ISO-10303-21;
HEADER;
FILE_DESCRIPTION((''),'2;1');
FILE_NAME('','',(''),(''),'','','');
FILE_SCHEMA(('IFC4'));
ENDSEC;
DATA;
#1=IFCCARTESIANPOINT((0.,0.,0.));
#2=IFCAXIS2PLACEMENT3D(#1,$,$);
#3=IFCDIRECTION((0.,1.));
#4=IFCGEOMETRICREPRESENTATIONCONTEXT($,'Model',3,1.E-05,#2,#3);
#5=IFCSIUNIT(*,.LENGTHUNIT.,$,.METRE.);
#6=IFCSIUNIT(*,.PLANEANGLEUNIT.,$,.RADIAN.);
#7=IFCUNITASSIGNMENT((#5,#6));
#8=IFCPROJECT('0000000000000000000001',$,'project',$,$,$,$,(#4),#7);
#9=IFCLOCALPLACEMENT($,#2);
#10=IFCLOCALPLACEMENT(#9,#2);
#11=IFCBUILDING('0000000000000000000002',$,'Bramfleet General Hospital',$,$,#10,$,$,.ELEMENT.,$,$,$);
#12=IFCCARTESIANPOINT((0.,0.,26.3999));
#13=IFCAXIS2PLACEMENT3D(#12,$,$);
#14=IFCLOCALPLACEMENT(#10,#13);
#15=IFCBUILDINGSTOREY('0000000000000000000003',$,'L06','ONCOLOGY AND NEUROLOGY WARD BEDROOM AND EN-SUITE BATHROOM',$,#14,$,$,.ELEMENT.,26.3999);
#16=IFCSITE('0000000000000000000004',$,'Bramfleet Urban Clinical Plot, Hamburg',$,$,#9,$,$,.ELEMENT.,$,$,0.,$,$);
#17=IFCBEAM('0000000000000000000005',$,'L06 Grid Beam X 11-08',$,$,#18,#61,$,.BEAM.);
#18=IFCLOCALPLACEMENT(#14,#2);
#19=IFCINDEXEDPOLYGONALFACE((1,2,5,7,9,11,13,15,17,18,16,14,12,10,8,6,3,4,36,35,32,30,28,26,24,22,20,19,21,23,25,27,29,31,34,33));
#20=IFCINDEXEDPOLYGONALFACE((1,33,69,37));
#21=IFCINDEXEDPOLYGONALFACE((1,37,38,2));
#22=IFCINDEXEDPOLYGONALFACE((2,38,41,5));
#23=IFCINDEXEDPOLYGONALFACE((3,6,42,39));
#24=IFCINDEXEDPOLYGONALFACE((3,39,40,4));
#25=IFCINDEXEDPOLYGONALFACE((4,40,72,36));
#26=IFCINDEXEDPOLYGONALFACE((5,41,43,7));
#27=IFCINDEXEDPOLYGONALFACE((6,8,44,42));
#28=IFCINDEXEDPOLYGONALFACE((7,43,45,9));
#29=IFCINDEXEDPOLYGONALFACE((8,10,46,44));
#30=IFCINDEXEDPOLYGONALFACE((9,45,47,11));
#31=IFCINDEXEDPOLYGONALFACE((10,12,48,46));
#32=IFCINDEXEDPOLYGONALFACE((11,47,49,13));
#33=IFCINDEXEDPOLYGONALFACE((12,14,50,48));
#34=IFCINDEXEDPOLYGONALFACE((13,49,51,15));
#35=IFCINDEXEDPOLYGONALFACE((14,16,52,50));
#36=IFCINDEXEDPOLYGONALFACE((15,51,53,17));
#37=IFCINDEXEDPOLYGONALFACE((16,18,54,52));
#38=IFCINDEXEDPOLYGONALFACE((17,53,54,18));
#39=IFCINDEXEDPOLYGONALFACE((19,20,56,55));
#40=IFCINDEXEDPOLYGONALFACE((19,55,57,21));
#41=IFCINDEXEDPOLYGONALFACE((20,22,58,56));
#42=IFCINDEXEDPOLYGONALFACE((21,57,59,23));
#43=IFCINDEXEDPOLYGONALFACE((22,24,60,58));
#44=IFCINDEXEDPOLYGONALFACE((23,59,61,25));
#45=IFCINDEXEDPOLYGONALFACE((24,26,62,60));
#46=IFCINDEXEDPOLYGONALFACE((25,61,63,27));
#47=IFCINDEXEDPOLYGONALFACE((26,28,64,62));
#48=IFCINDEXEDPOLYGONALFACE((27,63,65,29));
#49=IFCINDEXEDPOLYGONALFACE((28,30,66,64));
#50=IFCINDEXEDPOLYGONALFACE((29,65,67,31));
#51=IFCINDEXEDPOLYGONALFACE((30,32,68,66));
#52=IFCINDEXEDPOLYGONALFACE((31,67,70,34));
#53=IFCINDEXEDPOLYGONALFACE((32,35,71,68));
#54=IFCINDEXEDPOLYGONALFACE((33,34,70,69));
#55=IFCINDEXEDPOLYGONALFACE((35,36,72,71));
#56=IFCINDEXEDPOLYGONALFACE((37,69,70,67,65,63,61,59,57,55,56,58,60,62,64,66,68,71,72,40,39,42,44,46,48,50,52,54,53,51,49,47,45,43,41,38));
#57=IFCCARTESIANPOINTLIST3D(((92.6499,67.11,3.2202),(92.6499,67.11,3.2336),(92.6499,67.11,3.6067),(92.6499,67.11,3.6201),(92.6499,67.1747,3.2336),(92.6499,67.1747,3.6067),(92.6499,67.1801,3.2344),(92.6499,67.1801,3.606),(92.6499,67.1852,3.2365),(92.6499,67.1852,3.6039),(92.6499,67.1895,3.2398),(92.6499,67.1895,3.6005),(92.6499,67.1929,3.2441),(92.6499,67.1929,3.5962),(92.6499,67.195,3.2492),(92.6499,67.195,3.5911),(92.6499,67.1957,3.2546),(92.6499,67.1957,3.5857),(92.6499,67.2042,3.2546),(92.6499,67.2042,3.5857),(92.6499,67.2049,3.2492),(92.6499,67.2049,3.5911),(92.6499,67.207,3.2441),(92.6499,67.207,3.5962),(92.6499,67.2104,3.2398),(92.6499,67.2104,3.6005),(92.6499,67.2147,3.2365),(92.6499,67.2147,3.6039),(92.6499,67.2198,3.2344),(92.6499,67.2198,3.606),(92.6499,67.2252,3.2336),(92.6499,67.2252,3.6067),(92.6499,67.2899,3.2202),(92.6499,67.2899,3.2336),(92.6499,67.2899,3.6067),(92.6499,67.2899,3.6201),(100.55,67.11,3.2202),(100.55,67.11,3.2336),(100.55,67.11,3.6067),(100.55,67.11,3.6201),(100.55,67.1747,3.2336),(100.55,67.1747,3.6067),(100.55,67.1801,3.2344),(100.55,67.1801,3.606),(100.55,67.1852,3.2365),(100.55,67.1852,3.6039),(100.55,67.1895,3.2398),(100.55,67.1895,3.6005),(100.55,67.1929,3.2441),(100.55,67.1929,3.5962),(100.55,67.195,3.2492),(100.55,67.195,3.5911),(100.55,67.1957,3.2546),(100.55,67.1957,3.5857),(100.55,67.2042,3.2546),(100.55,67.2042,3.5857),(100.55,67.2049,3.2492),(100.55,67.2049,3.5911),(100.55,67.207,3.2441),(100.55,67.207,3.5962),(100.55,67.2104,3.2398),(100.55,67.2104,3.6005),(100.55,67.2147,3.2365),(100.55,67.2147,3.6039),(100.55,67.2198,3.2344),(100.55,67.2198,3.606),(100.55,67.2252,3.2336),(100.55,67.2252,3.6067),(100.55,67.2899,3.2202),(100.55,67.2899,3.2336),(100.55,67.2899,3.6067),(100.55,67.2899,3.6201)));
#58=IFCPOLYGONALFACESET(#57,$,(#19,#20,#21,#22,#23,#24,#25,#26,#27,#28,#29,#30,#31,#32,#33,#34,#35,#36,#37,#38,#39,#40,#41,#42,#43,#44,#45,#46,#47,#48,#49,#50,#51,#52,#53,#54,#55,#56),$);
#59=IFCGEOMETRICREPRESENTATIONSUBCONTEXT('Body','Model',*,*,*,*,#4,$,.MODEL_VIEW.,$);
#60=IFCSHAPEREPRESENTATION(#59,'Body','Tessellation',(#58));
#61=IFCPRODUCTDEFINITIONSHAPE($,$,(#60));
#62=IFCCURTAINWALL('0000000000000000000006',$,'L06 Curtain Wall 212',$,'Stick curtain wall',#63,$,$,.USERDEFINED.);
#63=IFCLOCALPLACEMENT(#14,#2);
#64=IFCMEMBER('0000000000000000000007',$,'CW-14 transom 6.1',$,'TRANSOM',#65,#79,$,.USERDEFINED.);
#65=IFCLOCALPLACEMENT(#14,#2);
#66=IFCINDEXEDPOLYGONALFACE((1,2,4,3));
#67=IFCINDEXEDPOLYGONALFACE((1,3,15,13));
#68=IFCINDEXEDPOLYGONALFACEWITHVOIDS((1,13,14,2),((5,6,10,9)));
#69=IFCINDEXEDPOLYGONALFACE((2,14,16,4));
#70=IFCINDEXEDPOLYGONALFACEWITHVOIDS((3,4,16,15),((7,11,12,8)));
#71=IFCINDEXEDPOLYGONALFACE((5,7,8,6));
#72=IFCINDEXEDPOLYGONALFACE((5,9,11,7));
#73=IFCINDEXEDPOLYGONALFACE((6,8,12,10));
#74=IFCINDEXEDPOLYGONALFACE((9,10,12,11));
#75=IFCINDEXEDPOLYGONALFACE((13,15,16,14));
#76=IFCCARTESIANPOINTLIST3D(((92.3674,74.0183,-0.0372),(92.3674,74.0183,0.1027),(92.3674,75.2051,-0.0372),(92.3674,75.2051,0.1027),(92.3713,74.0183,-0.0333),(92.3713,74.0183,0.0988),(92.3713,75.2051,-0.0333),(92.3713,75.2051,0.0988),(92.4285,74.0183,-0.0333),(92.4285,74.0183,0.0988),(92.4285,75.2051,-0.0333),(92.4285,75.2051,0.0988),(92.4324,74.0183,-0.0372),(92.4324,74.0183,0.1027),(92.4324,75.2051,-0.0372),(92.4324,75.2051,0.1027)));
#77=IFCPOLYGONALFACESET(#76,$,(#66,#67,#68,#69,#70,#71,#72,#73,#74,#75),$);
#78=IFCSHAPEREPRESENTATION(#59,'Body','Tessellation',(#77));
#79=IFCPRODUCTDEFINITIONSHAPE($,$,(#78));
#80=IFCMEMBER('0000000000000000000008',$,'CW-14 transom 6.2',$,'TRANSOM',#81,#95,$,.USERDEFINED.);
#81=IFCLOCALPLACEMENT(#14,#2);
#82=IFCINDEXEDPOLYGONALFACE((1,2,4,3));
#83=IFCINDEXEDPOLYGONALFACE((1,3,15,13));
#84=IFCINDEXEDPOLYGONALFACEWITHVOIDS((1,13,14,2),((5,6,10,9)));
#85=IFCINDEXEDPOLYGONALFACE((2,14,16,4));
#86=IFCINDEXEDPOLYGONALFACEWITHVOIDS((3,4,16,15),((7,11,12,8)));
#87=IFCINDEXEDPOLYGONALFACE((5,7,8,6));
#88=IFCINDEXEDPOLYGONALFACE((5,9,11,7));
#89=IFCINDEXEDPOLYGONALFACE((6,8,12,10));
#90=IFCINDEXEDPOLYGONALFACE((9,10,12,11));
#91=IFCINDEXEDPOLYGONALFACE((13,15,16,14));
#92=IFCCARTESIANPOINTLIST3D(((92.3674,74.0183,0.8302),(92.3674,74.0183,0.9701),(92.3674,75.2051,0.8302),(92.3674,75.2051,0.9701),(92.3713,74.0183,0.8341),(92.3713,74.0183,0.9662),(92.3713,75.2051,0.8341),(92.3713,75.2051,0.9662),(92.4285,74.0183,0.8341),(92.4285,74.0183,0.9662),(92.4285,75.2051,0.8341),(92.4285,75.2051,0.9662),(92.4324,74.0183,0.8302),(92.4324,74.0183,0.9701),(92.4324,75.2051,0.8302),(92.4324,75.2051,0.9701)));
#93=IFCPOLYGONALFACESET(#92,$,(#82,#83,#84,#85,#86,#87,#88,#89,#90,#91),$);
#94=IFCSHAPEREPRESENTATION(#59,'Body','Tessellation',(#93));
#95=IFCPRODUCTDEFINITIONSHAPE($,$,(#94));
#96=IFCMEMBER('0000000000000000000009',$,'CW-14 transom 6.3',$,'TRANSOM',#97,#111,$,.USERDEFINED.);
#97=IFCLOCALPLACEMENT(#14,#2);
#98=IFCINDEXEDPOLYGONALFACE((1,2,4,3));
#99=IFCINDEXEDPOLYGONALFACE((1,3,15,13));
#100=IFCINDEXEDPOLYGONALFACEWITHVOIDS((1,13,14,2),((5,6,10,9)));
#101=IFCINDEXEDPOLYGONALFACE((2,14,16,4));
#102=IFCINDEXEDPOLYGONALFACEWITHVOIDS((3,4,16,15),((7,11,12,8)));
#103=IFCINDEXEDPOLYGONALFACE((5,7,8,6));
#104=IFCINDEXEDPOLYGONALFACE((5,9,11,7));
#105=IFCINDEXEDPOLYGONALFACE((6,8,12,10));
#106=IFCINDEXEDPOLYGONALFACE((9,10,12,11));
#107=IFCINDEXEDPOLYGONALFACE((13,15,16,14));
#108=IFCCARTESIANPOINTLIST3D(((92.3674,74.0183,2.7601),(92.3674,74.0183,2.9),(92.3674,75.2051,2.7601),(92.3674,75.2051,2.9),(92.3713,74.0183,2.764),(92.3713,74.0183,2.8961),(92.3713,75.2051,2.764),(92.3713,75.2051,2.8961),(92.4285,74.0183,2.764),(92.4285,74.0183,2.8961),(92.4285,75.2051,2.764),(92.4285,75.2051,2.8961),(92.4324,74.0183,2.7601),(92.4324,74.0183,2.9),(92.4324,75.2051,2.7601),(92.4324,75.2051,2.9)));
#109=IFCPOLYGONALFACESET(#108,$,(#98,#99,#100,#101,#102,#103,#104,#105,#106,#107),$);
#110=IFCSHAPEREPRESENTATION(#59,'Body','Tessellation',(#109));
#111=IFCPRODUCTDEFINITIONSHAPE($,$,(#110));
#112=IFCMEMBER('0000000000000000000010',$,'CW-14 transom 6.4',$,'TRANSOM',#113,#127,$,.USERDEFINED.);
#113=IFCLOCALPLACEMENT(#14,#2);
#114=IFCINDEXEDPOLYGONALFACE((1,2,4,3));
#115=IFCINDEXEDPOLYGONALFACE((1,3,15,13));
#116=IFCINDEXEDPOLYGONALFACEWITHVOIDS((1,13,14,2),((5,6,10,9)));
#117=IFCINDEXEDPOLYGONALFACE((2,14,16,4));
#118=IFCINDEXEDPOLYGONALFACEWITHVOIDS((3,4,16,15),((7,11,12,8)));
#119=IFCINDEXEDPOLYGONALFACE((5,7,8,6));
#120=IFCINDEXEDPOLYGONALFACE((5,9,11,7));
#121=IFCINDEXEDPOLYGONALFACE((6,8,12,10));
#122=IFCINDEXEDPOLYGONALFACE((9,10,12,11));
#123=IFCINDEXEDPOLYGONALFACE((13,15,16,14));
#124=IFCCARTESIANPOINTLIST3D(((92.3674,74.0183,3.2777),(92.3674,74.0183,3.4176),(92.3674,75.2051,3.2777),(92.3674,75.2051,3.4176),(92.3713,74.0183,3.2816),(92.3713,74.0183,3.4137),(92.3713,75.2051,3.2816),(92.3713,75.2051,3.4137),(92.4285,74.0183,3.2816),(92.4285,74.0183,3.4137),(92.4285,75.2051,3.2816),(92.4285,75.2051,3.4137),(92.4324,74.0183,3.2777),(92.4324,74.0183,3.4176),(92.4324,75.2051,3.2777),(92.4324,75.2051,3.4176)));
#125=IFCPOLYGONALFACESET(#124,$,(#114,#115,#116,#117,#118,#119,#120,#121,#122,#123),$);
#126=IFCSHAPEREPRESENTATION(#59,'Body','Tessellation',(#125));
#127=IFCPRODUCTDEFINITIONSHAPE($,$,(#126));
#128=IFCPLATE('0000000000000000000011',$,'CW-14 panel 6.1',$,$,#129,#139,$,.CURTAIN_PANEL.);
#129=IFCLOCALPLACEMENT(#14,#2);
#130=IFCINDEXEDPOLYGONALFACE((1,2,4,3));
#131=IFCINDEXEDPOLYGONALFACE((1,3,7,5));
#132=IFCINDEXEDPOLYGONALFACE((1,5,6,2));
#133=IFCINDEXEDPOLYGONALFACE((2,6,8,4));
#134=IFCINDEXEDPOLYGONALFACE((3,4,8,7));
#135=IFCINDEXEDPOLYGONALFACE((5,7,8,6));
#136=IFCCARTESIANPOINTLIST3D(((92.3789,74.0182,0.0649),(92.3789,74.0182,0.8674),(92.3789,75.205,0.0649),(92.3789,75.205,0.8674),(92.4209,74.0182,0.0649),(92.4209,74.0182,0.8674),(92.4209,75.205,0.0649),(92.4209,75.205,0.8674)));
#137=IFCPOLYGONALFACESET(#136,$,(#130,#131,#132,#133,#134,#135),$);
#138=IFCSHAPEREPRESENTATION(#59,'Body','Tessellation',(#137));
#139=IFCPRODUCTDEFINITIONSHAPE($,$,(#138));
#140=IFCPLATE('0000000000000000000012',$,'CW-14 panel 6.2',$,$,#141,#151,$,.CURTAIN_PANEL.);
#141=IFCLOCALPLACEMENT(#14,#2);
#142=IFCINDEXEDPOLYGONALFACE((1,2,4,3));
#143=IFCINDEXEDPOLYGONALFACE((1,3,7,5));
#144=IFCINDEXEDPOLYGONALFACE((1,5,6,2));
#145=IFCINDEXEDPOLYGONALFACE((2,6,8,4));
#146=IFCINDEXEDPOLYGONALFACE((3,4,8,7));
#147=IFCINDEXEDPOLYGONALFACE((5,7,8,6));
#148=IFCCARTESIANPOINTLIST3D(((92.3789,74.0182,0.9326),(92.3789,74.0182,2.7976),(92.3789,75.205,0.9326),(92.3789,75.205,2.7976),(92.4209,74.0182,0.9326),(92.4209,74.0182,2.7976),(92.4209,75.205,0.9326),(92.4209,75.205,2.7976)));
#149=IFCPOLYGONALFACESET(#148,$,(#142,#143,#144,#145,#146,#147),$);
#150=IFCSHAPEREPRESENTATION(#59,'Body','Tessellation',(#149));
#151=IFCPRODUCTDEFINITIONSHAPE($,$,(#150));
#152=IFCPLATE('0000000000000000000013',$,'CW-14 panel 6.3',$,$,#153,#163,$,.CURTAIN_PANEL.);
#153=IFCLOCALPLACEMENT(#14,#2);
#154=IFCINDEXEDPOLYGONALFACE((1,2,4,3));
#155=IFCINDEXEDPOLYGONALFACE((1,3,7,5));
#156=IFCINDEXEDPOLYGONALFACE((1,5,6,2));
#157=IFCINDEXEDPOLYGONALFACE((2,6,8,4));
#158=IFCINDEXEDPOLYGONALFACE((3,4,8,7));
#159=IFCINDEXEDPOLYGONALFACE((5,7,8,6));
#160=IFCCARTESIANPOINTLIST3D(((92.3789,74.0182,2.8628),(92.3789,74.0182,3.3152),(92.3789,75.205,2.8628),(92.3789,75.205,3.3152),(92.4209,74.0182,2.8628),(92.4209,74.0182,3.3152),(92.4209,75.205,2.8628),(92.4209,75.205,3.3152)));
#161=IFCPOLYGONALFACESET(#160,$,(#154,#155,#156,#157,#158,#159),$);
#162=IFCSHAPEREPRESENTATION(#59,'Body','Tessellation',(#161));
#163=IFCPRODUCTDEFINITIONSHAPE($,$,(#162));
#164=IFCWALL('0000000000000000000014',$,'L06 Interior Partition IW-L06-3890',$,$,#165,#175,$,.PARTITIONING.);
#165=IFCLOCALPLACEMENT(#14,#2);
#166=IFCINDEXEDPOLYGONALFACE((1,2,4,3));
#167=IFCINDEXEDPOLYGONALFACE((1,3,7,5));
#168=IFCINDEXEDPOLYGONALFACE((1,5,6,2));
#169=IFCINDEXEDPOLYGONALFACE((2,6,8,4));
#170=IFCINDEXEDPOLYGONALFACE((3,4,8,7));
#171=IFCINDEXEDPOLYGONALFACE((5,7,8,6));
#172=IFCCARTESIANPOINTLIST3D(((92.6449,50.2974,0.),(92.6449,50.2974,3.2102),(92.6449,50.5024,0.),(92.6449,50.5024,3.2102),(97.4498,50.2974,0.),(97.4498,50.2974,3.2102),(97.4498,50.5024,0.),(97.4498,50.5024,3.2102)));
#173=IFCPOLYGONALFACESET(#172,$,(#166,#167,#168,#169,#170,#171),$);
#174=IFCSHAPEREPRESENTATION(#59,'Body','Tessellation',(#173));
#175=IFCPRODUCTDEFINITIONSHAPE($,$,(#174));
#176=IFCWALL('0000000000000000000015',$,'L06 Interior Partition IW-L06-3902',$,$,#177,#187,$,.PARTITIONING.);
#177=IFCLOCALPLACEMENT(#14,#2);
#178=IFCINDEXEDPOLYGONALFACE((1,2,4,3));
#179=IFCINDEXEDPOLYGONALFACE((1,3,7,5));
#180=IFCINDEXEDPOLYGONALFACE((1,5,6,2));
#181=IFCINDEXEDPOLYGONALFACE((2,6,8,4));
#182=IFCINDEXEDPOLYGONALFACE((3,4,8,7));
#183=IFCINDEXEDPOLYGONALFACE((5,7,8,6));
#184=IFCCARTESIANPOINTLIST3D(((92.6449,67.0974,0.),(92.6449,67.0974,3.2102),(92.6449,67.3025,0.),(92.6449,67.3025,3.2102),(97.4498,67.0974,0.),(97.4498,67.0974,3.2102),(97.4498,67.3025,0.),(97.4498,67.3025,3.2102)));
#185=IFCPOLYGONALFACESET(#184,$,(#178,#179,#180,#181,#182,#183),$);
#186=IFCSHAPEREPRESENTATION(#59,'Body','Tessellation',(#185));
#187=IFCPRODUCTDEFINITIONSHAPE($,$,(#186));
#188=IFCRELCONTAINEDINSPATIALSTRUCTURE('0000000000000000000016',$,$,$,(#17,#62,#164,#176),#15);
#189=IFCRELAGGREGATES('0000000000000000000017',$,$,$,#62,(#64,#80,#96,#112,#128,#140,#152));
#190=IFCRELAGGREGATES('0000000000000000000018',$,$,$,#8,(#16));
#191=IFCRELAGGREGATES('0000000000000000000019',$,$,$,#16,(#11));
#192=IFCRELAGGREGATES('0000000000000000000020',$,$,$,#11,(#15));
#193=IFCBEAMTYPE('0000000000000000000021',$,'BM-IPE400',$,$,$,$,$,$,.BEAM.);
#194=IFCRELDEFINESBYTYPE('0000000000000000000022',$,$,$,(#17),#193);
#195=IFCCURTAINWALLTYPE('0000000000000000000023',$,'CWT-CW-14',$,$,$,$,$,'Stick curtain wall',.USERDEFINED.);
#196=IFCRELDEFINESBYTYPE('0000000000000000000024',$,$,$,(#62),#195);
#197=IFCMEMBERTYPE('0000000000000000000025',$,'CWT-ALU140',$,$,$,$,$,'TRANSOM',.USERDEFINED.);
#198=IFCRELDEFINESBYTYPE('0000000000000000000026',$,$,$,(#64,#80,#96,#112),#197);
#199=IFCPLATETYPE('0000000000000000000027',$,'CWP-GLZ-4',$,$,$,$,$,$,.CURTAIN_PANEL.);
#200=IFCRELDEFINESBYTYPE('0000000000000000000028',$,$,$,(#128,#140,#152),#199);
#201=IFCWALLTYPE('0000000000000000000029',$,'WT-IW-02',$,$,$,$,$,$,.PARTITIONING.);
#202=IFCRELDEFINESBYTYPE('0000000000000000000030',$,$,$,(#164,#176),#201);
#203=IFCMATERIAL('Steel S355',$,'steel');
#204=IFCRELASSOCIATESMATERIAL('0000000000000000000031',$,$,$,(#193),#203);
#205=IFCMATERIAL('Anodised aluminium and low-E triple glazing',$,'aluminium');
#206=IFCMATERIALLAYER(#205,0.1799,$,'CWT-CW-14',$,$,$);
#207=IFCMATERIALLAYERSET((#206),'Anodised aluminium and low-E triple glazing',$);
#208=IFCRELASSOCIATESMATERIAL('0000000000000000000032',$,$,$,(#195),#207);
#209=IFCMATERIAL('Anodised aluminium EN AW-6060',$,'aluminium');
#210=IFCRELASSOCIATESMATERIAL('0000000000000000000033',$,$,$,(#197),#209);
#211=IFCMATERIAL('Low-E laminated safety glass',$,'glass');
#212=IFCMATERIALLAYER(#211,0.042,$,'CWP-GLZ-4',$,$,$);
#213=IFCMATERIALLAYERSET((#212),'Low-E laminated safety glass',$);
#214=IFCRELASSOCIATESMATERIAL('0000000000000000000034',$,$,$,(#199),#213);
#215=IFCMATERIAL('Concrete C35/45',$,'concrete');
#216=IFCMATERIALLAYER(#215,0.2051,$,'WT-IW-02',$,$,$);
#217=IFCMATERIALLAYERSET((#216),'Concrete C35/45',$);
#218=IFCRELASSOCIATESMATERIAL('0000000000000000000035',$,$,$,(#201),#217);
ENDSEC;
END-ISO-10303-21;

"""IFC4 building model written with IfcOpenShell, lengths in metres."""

from ifc_helpers import new_model, si_unit, direction, frame, frame_2d, origin, origin_2d, place, context, subcontext, project, spatial, rectangle, hollow_rectangle, i_section, extrude, material, layer, layer_set, material_profile, profile_set, type_object, element, aggregate, save


model = new_model("IFC4")

# Units and contexts
model_context = context("Model", 3, precision=1e-05, world=origin(), true_north=direction((0.0, 1.0)))
body_context = subcontext(model_context, "Body", "Model", "MODEL_VIEW")
ifc_project = project(units=[si_unit("LENGTHUNIT", "METRE"), si_unit("PLANEANGLEUNIT", "RADIAN")], contexts=[model_context])

# Site, building, storey
site_placement = place(None, origin())
site = spatial("IfcSite", under=ifc_project, at=site_placement, Name="Bramfleet Urban Clinical Plot, Hamburg", CompositionType="ELEMENT", RefElevation=0.0)
building_placement = place(site_placement, origin())
building = spatial("IfcBuilding", under=site, at=building_placement, Name="Bramfleet General Hospital", CompositionType="ELEMENT")
storey_placement = place(building_placement, frame((0.0, 0.0, 26.3999)))
storey = spatial("IfcBuildingStorey", under=building, at=storey_placement, Name="L06", Description="ONCOLOGY AND NEUROLOGY WARD BEDROOM AND EN-SUITE BATHROOM", CompositionType="ELEMENT", Elevation=26.3999)

# Beam
ifc_material_1 = material(Name="Steel S355", Category="steel")
ifc_material_profile_1 = material_profile(ifc_material_1, i_section(OverallWidth=0.1799, OverallDepth=0.3999, WebThickness=0.0085, FlangeThickness=0.0134, FilletRadius=0.021, at=origin_2d()), Name="IPE 400")
ifc_profile_set_1 = profile_set([ifc_material_profile_1], Name="Steel S355")
beam_type_1 = type_object("IfcBeamType", Name="BM-IPE400", PredefinedType="BEAM", material=ifc_profile_set_1)
for number, where, z_axis, x_axis, name in (
    (1, (92.6499, 67.2, 3.4202), (1.0, 0.0, 0.0), (0.0, 1.0, 0.0), "L06 Grid Beam X 11-08"),
):
    element("IfcBeam", number, at=place(storey_placement, frame(where, z_axis=z_axis, x_axis=x_axis)), inside=storey, type_object=beam_type_1, Name=name, PredefinedType="BEAM", context=body_context, shape_type="SweptSolid", body=[
        extrude(i_section(OverallWidth=0.1799, OverallDepth=0.3999, WebThickness=0.0085, FlangeThickness=0.0134, FilletRadius=0.021, at=origin_2d()), origin(), (0.0, 0.0, 1.0), 7.9001),
    ])

# Curtain wall, members, plates
ifc_material_2 = material(Name="Anodised aluminium and low-E triple glazing", Category="aluminium")
ifc_layer_1 = layer(ifc_material_2, 0.1799, Name="CWT-CW-14")
ifc_layer_set_1 = layer_set([ifc_layer_1], Name="Anodised aluminium and low-E triple glazing")
curtain_wall_type = type_object("IfcCurtainWallType", Name="CWT-CW-14", ElementType="Stick curtain wall", PredefinedType="USERDEFINED", material=ifc_layer_set_1)
curtain_wall_placement = place(storey_placement, origin())
curtain_wall = element("IfcCurtainWall", 2, at=curtain_wall_placement, inside=storey, type_object=curtain_wall_type, Name="L06 Curtain Wall 212", ObjectType="Stick curtain wall", PredefinedType="USERDEFINED")
ifc_material_3 = material(Name="Anodised aluminium EN AW-6060", Category="aluminium")
ifc_material_profile_2 = material_profile(ifc_material_3, hollow_rectangle(XDim=0.0649, YDim=0.1399, WallThickness=0.0039, at=origin_2d()), Name="ALU 140x65x4.0")
ifc_profile_set_2 = profile_set([ifc_material_profile_2], Name="Anodised aluminium EN AW-6060")
member_type = type_object("IfcMemberType", Name="CWT-ALU140", ElementType="TRANSOM", PredefinedType="USERDEFINED", material=ifc_profile_set_2)
member_1_placement = place(storey_placement, frame((92.3999, 74.0183, 0.0327), z_axis=(0.0, 1.0, 0.0), x_axis=(-1.0, 0.0, 0.0)))
member_1 = element("IfcMember", 3, at=member_1_placement, type_object=member_type, Name="CW-14 transom 6.1", ObjectType="TRANSOM", PredefinedType="USERDEFINED", context=body_context, shape_type="SweptSolid", body=[
    extrude(hollow_rectangle(XDim=0.0649, YDim=0.1399, WallThickness=0.0039, at=origin_2d()), origin(), (0.0, 0.0, 1.0), 1.1868),
])
member_2_placement = place(storey_placement, frame((92.3999, 74.0183, 0.9001), z_axis=(0.0, 1.0, 0.0), x_axis=(-1.0, 0.0, 0.0)))
member_2 = element("IfcMember", 4, at=member_2_placement, type_object=member_type, Name="CW-14 transom 6.2", ObjectType="TRANSOM", PredefinedType="USERDEFINED", context=body_context, shape_type="SweptSolid", body=[
    extrude(hollow_rectangle(XDim=0.0649, YDim=0.1399, WallThickness=0.0039, at=origin_2d()), origin(), (0.0, 0.0, 1.0), 1.1868),
])
member_3_placement = place(storey_placement, frame((92.3999, 74.0183, 2.8301), z_axis=(0.0, 1.0, 0.0), x_axis=(-1.0, 0.0, 0.0)))
member_3 = element("IfcMember", 5, at=member_3_placement, type_object=member_type, Name="CW-14 transom 6.3", ObjectType="TRANSOM", PredefinedType="USERDEFINED", context=body_context, shape_type="SweptSolid", body=[
    extrude(hollow_rectangle(XDim=0.0649, YDim=0.1399, WallThickness=0.0039, at=origin_2d()), origin(), (0.0, 0.0, 1.0), 1.1868),
])
member_4_placement = place(storey_placement, frame((92.3999, 74.0183, 3.3477), z_axis=(0.0, 1.0, 0.0), x_axis=(-1.0, 0.0, 0.0)))
member_4 = element("IfcMember", 6, at=member_4_placement, type_object=member_type, Name="CW-14 transom 6.4", ObjectType="TRANSOM", PredefinedType="USERDEFINED", context=body_context, shape_type="SweptSolid", body=[
    extrude(hollow_rectangle(XDim=0.0649, YDim=0.1399, WallThickness=0.0039, at=origin_2d()), origin(), (0.0, 0.0, 1.0), 1.1868),
])
ifc_material_4 = material(Name="Low-E laminated safety glass", Category="glass")
ifc_layer_2 = layer(ifc_material_4, 0.042, Name="CWP-GLZ-4")
ifc_layer_set_2 = layer_set([ifc_layer_2], Name="Low-E laminated safety glass")
plate_type = type_object("IfcPlateType", Name="CWP-GLZ-4", PredefinedType="CURTAIN_PANEL", material=ifc_layer_set_2)
plate_1_placement = place(storey_placement, frame((92.3999, 74.6116, 0.0649), z_axis=(0.0, 0.0, 1.0), x_axis=(0.0, 1.0, 0.0)))
plate_1 = element("IfcPlate", 7, at=plate_1_placement, type_object=plate_type, Name="CW-14 panel 6.1", PredefinedType="CURTAIN_PANEL", context=body_context, shape_type="SweptSolid", body=[
    extrude(rectangle(XDim=1.1868, YDim=0.042, at=origin_2d()), origin(), (0.0, 0.0, 1.0), 0.8025),
])
plate_2_placement = place(storey_placement, frame((92.3999, 74.6116, 0.9326), z_axis=(0.0, 0.0, 1.0), x_axis=(0.0, 1.0, 0.0)))
plate_2 = element("IfcPlate", 8, at=plate_2_placement, type_object=plate_type, Name="CW-14 panel 6.2", PredefinedType="CURTAIN_PANEL", context=body_context, shape_type="SweptSolid", body=[
    extrude(rectangle(XDim=1.1868, YDim=0.042, at=origin_2d()), origin(), (0.0, 0.0, 1.0), 1.865),
])
plate_3_placement = place(storey_placement, frame((92.3999, 74.6116, 2.8628), z_axis=(0.0, 0.0, 1.0), x_axis=(0.0, 1.0, 0.0)))
plate_3 = element("IfcPlate", 9, at=plate_3_placement, type_object=plate_type, Name="CW-14 panel 6.3", PredefinedType="CURTAIN_PANEL", context=body_context, shape_type="SweptSolid", body=[
    extrude(rectangle(XDim=1.1868, YDim=0.042, at=origin_2d()), origin(), (0.0, 0.0, 1.0), 0.4524),
])
aggregate(curtain_wall, [member_1, member_2, member_3, member_4, plate_1, plate_2, plate_3])

# Walls
ifc_material_5 = material(Name="Concrete C35/45", Category="concrete")
ifc_layer_3 = layer(ifc_material_5, 0.2051, Name="WT-IW-02")
ifc_layer_set_3 = layer_set([ifc_layer_3], Name="Concrete C35/45")
wall_type_1 = type_object("IfcWallType", Name="WT-IW-02", PredefinedType="PARTITIONING", material=ifc_layer_set_3)
for number, where, z_axis, x_axis, name in (
    (10, (92.645, 50.3999, 0.0), (0.0, 0.0, 1.0), (1.0, 0.0, 0.0), "L06 Interior Partition IW-L06-3890"),
    (11, (92.645, 67.2, 0.0), (0.0, 0.0, 1.0), (1.0, 0.0, 0.0), "L06 Interior Partition IW-L06-3902"),
):
    element("IfcWall", number, at=place(storey_placement, frame(where, z_axis=z_axis, x_axis=x_axis)), inside=storey, type_object=wall_type_1, Name=name, PredefinedType="PARTITIONING", context=body_context, shape_type="SweptSolid", body=[
        extrude(rectangle(XDim=4.8049, YDim=0.2051, at=frame_2d((2.4023, 0.0))), origin(), (0.0, 0.0, 1.0), 3.2102),
    ])

save(model, "model.ifc")
